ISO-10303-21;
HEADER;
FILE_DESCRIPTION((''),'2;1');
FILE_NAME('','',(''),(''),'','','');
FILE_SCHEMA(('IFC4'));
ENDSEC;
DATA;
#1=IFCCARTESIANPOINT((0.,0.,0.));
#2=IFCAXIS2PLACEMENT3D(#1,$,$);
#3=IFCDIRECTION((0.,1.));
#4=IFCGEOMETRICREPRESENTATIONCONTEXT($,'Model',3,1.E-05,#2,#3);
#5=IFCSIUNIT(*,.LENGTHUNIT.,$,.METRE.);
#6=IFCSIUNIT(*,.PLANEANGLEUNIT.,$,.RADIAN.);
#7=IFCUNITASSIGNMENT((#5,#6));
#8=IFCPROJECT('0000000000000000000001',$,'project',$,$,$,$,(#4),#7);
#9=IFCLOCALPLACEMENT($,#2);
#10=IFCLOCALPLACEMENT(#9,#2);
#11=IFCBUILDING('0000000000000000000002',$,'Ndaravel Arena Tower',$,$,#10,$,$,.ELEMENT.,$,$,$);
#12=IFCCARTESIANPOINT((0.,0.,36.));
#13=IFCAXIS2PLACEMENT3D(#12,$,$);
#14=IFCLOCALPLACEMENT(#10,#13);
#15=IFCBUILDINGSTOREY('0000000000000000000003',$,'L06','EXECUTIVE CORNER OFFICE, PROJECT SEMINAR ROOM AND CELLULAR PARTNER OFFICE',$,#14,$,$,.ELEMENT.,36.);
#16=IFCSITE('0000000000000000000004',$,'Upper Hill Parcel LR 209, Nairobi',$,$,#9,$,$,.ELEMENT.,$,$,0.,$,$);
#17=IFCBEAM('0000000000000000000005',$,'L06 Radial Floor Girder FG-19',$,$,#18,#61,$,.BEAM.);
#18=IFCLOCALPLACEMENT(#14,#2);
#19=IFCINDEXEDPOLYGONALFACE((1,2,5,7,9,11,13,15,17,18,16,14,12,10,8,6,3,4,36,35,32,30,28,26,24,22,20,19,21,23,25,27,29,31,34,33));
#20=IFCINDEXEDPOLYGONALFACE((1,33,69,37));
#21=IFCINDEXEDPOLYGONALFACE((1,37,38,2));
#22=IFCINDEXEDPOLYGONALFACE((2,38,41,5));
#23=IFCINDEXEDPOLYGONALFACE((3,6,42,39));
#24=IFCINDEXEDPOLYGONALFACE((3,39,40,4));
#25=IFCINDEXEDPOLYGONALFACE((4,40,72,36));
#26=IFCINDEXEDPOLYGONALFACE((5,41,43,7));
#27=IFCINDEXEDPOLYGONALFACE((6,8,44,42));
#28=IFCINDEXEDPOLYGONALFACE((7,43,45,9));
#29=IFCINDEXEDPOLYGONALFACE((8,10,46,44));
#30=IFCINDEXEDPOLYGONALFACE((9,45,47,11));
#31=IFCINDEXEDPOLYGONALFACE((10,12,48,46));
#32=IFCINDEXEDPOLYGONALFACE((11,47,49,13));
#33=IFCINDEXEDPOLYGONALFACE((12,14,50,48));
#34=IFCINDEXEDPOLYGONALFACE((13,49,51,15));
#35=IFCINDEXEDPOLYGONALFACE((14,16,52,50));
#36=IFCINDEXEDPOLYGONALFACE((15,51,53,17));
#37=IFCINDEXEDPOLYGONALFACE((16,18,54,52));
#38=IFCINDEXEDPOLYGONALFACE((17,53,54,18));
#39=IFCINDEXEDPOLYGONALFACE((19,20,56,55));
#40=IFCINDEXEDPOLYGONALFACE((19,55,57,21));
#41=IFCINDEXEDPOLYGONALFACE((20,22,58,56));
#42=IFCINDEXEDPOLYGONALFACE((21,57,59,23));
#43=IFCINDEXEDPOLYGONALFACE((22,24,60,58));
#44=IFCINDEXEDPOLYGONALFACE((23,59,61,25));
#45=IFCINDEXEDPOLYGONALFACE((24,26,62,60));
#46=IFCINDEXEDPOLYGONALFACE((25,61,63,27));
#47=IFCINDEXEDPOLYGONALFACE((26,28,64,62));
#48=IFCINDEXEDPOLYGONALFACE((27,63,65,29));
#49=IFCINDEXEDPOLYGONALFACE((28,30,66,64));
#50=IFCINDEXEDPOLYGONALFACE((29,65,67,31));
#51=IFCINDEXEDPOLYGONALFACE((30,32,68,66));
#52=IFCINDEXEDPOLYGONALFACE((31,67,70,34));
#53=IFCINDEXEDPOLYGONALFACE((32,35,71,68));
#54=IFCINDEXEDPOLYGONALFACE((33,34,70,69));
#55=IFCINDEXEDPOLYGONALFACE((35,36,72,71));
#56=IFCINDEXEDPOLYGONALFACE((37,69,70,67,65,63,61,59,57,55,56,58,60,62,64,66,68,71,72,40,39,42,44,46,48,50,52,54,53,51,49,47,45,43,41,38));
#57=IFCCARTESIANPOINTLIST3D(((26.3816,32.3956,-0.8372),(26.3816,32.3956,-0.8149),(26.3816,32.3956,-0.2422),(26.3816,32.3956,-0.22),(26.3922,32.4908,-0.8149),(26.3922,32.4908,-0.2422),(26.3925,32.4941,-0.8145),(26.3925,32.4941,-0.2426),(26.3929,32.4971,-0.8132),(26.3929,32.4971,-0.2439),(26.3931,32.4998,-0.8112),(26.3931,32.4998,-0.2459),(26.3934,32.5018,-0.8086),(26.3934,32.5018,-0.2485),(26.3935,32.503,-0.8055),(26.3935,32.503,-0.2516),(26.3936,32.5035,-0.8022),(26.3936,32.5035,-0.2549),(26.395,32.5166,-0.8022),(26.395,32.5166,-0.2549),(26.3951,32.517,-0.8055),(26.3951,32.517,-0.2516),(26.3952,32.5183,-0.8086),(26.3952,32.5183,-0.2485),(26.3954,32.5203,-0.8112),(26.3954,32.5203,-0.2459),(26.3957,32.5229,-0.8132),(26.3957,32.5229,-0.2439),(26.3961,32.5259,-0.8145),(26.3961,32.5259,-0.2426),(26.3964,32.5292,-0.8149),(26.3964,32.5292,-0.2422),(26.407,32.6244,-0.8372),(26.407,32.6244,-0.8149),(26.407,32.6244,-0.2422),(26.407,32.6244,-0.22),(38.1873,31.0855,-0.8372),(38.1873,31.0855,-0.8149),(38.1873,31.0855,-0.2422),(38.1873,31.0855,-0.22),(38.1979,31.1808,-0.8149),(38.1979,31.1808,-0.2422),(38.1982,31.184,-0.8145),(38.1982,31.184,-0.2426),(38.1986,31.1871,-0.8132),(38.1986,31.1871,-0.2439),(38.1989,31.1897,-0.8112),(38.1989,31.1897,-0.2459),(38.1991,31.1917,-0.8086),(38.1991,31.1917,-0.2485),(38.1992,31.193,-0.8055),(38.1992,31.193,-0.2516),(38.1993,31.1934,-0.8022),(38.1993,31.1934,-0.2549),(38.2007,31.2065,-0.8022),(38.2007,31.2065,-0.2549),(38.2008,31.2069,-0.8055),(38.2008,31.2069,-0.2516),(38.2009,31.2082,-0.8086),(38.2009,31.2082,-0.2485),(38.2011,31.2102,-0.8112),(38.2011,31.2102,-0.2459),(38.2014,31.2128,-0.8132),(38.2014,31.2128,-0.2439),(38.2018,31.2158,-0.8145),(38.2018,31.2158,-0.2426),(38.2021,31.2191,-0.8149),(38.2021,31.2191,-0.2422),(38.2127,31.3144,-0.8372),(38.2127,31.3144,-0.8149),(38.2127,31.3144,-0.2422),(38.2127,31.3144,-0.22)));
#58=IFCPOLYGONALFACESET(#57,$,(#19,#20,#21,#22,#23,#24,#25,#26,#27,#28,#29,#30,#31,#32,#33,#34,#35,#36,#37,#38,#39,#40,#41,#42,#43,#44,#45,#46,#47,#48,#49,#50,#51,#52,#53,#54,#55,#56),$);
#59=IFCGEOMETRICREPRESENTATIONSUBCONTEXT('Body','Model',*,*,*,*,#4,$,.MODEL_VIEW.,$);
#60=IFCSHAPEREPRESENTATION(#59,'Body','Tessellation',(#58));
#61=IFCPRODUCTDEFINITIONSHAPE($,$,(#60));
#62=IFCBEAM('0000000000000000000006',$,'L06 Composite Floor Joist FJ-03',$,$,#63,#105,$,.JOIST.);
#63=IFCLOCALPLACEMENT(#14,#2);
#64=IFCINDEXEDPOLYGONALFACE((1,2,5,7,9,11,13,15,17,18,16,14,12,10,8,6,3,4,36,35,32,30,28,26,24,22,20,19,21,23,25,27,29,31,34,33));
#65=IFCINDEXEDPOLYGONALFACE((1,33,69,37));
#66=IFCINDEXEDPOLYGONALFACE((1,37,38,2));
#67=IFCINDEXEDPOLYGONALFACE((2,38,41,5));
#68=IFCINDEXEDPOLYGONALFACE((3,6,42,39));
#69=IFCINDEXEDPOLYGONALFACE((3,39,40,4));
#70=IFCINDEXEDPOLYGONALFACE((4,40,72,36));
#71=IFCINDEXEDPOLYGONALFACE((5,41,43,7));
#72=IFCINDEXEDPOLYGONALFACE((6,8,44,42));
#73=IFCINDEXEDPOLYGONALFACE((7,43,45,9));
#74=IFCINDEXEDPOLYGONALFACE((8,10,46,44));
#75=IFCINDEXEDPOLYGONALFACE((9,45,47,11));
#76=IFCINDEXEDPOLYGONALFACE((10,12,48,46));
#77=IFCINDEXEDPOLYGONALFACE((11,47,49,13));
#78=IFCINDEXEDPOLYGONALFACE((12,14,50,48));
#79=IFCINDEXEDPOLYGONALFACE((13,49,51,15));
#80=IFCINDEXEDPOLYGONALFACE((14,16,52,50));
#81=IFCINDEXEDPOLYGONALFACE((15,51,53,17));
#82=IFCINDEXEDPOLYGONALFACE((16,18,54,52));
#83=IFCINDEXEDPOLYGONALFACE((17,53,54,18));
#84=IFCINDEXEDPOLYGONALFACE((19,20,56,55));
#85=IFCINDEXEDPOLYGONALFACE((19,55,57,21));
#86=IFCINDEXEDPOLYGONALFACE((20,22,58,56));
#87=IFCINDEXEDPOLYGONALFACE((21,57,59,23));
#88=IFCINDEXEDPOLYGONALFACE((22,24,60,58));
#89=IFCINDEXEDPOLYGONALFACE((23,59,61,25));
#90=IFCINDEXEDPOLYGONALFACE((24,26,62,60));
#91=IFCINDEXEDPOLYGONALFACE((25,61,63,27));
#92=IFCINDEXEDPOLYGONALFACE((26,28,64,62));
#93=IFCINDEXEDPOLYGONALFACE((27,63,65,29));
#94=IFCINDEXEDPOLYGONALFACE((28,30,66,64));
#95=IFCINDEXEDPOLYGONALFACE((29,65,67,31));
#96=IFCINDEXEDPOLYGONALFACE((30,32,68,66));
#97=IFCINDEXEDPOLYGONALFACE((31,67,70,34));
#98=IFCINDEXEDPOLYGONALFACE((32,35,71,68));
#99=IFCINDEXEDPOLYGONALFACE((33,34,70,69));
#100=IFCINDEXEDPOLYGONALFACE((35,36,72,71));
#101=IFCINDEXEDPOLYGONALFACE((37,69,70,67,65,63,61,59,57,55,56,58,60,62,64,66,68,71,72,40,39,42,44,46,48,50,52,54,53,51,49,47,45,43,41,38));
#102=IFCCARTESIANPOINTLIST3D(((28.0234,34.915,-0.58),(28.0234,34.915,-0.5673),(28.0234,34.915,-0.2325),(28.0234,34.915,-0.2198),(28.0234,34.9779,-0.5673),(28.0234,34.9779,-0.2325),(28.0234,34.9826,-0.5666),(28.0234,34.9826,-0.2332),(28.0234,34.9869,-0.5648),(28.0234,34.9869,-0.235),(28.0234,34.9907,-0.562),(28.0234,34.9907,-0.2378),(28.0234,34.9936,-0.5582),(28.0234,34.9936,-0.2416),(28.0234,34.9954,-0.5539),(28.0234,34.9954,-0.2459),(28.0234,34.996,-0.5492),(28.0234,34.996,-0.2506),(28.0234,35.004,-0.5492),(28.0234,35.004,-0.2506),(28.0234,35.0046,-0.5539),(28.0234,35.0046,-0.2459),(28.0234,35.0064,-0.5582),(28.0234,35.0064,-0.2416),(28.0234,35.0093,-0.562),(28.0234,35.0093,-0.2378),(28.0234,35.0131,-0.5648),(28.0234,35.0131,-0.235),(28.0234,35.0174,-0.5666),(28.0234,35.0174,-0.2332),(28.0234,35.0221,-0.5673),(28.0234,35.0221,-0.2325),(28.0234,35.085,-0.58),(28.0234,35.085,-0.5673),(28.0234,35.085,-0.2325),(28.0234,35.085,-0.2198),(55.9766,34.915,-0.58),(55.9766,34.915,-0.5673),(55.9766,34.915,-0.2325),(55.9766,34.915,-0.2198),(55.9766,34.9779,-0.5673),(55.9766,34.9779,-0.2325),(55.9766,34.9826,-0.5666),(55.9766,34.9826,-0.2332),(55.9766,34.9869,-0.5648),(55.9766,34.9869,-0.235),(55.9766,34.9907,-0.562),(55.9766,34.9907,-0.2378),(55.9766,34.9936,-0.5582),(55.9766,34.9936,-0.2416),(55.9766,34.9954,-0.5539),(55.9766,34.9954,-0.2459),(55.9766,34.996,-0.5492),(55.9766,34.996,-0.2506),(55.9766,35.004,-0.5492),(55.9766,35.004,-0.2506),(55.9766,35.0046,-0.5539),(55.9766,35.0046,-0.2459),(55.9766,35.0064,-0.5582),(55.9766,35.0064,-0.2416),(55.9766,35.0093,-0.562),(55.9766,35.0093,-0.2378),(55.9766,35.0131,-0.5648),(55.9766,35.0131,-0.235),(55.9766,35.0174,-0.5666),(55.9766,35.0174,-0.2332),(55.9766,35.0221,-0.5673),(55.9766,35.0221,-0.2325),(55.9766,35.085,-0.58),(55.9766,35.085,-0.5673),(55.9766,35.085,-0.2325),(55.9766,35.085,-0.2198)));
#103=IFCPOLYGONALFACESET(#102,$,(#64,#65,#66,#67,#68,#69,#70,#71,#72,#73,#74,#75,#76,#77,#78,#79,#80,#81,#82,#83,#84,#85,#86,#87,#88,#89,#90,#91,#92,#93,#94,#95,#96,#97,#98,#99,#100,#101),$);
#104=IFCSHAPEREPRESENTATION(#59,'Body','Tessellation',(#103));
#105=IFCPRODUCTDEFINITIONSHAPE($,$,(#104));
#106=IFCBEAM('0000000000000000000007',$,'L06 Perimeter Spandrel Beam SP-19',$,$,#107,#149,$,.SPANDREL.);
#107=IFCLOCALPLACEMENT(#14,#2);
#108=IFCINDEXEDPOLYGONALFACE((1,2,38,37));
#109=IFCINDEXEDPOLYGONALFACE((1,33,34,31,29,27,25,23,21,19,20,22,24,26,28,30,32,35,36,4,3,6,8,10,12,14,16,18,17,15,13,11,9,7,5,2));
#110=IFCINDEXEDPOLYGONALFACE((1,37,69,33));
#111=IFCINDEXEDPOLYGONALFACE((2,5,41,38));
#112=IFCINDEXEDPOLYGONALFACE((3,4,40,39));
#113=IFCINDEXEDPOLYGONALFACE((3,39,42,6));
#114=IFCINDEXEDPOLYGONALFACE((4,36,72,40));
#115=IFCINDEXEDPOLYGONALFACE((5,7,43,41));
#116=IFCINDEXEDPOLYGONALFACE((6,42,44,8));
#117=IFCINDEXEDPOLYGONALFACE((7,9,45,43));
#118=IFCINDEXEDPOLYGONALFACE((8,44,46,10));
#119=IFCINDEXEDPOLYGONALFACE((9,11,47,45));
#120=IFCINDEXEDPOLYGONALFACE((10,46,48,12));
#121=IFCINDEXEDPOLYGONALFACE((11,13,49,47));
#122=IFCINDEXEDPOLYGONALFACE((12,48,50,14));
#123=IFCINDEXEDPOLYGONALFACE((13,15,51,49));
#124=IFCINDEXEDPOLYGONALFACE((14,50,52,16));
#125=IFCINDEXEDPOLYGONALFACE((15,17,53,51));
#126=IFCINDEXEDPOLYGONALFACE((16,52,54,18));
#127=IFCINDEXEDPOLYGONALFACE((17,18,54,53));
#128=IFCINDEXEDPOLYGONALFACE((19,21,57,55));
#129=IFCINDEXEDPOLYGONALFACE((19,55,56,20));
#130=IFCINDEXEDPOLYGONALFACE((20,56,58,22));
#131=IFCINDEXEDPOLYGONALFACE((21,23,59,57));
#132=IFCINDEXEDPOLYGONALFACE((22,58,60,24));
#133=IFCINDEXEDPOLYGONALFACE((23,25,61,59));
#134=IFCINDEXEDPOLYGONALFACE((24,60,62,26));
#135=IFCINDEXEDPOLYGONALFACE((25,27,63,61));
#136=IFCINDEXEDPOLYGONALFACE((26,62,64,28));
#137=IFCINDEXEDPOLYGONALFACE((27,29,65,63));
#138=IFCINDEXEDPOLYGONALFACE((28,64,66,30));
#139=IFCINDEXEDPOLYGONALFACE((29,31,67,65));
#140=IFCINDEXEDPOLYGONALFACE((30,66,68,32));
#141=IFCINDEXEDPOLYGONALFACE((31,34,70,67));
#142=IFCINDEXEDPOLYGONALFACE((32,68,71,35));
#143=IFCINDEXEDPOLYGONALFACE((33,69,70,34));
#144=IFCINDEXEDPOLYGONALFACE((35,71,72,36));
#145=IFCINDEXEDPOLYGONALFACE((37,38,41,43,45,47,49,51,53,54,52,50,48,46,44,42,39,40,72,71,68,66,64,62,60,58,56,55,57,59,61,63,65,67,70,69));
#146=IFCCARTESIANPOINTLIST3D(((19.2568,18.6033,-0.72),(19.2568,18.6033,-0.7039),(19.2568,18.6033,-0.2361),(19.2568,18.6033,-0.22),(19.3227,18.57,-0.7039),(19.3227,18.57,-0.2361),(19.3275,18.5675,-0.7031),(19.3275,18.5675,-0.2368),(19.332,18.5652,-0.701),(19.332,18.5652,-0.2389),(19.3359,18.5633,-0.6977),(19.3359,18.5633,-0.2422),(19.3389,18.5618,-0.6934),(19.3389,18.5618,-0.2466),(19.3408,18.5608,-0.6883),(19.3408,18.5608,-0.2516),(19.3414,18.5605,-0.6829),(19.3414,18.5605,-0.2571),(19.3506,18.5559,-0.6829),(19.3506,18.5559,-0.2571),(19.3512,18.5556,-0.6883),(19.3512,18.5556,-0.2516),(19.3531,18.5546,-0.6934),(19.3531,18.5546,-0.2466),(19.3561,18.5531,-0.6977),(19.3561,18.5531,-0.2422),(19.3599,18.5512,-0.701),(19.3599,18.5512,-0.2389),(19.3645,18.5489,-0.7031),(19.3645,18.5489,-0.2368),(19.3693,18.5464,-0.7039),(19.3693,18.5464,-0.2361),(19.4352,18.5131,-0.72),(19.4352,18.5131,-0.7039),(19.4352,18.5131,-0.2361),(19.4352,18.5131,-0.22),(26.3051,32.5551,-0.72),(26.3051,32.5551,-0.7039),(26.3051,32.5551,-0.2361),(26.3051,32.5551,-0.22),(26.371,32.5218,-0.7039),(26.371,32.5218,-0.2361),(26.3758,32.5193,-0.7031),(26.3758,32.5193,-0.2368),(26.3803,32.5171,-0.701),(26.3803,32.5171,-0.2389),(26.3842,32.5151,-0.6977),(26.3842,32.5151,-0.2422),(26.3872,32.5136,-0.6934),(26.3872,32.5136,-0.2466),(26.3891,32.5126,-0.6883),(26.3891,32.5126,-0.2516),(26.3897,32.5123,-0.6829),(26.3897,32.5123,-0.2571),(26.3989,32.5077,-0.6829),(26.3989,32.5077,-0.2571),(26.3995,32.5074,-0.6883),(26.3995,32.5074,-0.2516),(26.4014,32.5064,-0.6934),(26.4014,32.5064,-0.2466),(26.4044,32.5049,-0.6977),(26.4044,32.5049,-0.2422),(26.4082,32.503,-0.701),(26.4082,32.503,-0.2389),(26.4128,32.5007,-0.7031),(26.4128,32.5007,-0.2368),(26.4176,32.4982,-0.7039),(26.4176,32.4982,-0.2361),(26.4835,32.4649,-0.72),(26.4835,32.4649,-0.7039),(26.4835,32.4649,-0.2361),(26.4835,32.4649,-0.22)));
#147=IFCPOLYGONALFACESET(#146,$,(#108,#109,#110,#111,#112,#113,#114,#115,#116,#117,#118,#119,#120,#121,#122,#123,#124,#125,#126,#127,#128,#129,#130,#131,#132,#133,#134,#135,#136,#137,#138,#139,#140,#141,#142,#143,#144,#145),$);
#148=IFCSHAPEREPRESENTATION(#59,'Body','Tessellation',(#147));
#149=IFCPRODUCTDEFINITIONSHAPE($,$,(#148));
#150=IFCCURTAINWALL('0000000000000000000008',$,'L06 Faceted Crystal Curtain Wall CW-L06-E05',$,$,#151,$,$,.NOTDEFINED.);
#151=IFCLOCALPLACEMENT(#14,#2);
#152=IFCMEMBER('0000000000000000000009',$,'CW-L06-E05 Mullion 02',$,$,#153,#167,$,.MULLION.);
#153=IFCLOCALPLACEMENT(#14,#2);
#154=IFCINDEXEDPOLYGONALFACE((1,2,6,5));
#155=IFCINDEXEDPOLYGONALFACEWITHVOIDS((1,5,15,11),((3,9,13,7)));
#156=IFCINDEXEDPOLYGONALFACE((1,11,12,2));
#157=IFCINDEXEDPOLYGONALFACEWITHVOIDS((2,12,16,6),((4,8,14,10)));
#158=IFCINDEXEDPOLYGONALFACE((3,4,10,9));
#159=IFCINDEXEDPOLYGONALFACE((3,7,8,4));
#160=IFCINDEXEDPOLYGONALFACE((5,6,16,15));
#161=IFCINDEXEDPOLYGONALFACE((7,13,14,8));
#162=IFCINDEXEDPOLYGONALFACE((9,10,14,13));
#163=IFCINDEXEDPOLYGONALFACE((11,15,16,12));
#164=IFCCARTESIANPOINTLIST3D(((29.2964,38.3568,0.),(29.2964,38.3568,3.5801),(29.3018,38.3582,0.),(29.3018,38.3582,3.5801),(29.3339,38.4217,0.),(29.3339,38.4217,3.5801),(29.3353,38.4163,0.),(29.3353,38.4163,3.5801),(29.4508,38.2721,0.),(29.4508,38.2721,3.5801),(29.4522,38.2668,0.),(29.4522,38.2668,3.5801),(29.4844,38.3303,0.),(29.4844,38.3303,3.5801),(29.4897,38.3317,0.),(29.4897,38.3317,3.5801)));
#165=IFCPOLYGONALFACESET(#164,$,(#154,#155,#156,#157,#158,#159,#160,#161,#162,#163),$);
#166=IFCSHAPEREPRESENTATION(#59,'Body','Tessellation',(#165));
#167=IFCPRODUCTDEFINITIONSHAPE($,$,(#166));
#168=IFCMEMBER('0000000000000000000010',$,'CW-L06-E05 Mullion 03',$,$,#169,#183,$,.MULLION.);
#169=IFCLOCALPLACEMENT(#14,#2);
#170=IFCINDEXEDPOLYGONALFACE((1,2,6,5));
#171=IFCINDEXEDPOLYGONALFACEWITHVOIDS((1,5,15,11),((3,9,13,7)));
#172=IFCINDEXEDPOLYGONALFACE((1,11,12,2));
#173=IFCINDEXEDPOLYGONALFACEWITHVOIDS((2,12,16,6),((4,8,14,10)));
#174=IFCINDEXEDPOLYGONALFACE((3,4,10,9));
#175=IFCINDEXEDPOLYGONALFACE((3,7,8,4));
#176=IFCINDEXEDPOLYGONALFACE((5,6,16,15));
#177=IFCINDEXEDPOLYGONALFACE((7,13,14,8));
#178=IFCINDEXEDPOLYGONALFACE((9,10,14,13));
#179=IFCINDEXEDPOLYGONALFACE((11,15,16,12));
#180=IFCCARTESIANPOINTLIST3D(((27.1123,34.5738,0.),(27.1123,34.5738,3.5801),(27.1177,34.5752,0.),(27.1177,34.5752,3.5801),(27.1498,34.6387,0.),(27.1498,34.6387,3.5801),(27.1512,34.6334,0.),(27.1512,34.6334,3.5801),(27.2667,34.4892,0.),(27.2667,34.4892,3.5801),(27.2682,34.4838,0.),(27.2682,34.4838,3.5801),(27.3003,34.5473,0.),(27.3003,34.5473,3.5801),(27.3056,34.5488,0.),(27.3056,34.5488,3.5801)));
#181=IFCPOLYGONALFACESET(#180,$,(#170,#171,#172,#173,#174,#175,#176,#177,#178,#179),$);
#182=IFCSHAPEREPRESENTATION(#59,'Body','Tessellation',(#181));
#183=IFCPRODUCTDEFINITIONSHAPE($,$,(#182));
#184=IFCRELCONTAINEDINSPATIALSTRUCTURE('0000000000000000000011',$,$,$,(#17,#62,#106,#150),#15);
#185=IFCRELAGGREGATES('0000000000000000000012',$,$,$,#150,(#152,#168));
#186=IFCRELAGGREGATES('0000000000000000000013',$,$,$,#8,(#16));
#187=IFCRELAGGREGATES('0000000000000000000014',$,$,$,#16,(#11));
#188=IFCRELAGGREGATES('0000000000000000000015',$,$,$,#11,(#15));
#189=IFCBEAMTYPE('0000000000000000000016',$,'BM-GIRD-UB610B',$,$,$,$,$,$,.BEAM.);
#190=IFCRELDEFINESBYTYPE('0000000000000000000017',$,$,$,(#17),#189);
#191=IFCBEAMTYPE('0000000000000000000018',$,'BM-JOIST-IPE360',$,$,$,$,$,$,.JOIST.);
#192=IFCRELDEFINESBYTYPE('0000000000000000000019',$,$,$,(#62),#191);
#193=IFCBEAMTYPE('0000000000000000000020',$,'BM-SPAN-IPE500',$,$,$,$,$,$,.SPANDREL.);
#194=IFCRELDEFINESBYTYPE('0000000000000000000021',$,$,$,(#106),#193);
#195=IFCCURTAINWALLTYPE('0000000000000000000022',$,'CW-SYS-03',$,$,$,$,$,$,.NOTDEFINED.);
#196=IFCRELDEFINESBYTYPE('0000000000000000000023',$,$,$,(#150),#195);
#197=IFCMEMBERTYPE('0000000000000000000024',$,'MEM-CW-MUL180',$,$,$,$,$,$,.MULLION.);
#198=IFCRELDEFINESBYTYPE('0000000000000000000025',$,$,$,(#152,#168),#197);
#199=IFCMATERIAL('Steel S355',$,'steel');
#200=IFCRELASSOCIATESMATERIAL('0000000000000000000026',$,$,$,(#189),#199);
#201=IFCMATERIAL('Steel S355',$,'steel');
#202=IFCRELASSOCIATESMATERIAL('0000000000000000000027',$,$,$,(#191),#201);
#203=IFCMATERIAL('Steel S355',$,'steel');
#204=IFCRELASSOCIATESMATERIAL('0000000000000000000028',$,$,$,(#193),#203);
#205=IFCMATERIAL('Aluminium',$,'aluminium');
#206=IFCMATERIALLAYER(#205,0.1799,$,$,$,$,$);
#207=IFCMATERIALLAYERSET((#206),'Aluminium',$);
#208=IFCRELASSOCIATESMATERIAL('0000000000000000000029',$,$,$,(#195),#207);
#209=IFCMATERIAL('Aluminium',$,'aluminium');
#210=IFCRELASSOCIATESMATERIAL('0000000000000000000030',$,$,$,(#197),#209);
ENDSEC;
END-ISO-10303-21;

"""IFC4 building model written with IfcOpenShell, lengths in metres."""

from ifc_helpers import new_model, si_unit, direction, frame, origin, origin_2d, place, context, subcontext, project, spatial, hollow_rectangle, i_section, extrude, material, layer, layer_set, material_profile, profile_set, type_object, element, aggregate, save


model = new_model("IFC4")

# Units and contexts
model_context = context("Model", 3, precision=1e-05, world=origin(), true_north=direction((0.0, 1.0)))
body_context = subcontext(model_context, "Body", "Model", "MODEL_VIEW")
ifc_project = project(units=[si_unit("LENGTHUNIT", "METRE"), si_unit("PLANEANGLEUNIT", "RADIAN")], contexts=[model_context])

# Site, building, storey
site_placement = place(None, origin())
site = spatial("IfcSite", under=ifc_project, at=site_placement, Name="Upper Hill Parcel LR 209, Nairobi", CompositionType="ELEMENT", RefElevation=0.0)
building_placement = place(site_placement, origin())
building = spatial("IfcBuilding", under=site, at=building_placement, Name="Ndaravel Arena Tower", CompositionType="ELEMENT")
storey_placement = place(building_placement, frame((0.0, 0.0, 36.0)))
storey = spatial("IfcBuildingStorey", under=building, at=storey_placement, Name="L06", Description="EXECUTIVE CORNER OFFICE, PROJECT SEMINAR ROOM AND CELLULAR PARTNER OFFICE", CompositionType="ELEMENT", Elevation=36.0)

# Beams
ifc_material_1 = material(Name="Steel S355", Category="steel")
ifc_material_profile_1 = material_profile(ifc_material_1, i_section(OverallWidth=0.2302, OverallDepth=0.6172, WebThickness=0.0132, FlangeThickness=0.0222, FilletRadius=0.0127, at=origin_2d()), Name="UB 610x229x140")
ifc_profile_set_1 = profile_set([ifc_material_profile_1], Name="Steel S355")
beam_type_1 = type_object("IfcBeamType", Name="BM-GIRD-UB610B", PredefinedType="BEAM", material=ifc_profile_set_1)
beam_1_placement = place(storey_placement, frame((26.3943, 32.51, -0.5286), z_axis=(0.993899, -0.110292, 0.0), x_axis=(0.110292, 0.993899, 0.0)))
element("IfcBeam", 1, at=beam_1_placement, inside=storey, type_object=beam_type_1, Name="L06 Radial Floor Girder FG-19", PredefinedType="BEAM", context=body_context, shape_type="SweptSolid", body=[
    extrude(i_section(OverallWidth=0.2302, OverallDepth=0.6172, WebThickness=0.0132, FlangeThickness=0.0222, FilletRadius=0.0127, at=origin_2d()), origin(), (0.0, 0.0, 1.0), 11.8782),
])
ifc_material_2 = material(Name="Steel S355", Category="steel")
ifc_material_profile_2 = material_profile(ifc_material_2, i_section(OverallWidth=0.1699, OverallDepth=0.3601, WebThickness=0.0081, FlangeThickness=0.0127, FilletRadius=0.0181, at=origin_2d()), Name="IPE 360")
ifc_profile_set_2 = profile_set([ifc_material_profile_2], Name="Steel S355")
beam_type_2 = type_object("IfcBeamType", Name="BM-JOIST-IPE360", PredefinedType="JOIST", material=ifc_profile_set_2)
beam_2_placement = place(storey_placement, frame((28.0234, 35.0, -0.3999), z_axis=(1.0, 0.0, 0.0), x_axis=(0.0, 1.0, 0.0)))
element("IfcBeam", 2, at=beam_2_placement, inside=storey, type_object=beam_type_2, Name="L06 Composite Floor Joist FJ-03", PredefinedType="JOIST", context=body_context, shape_type="SweptSolid", body=[
    extrude(i_section(OverallWidth=0.1699, OverallDepth=0.3601, WebThickness=0.0081, FlangeThickness=0.0127, FilletRadius=0.0181, at=origin_2d()), origin(), (0.0, 0.0, 1.0), 27.9531),
])
ifc_material_3 = material(Name="Steel S355", Category="steel")
ifc_material_profile_3 = material_profile(ifc_material_3, i_section(OverallWidth=0.2, OverallDepth=0.5, WebThickness=0.0103, FlangeThickness=0.0161, FilletRadius=0.021, at=origin_2d()), Name="IPE 500")
ifc_profile_set_3 = profile_set([ifc_material_profile_3], Name="Steel S355")
beam_type_3 = type_object("IfcBeamType", Name="BM-SPAN-IPE500", PredefinedType="SPANDREL", material=ifc_profile_set_3)
beam_3_placement = place(storey_placement, frame((26.3943, 32.51, -0.47), z_axis=(-0.450915, -0.892567, 0.0), x_axis=(0.892567, -0.450915, 0.0)))
element("IfcBeam", 3, at=beam_3_placement, inside=storey, type_object=beam_type_3, Name="L06 Perimeter Spandrel Beam SP-19", PredefinedType="SPANDREL", context=body_context, shape_type="SweptSolid", body=[
    extrude(i_section(OverallWidth=0.2, OverallDepth=0.5, WebThickness=0.0103, FlangeThickness=0.0161, FilletRadius=0.021, at=origin_2d()), origin(), (0.0, 0.0, 1.0), 15.6311),
])

# Curtain wall, members
ifc_material_4 = material(Name="Aluminium", Category="aluminium")
ifc_layer_1 = layer(ifc_material_4, 0.1799)
ifc_layer_set_1 = layer_set([ifc_layer_1], Name="Aluminium")
curtain_wall_type = type_object("IfcCurtainWallType", Name="CW-SYS-03", PredefinedType="NOTDEFINED", material=ifc_layer_set_1)
curtain_wall_placement = place(storey_placement, origin())
curtain_wall = element("IfcCurtainWall", 4, at=curtain_wall_placement, inside=storey, type_object=curtain_wall_type, Name="L06 Faceted Crystal Curtain Wall CW-L06-E05", PredefinedType="NOTDEFINED")
ifc_material_5 = material(Name="Aluminium", Category="aluminium")
ifc_material_profile_4 = material_profile(ifc_material_5, hollow_rectangle(XDim=0.075, YDim=0.1799, WallThickness=0.0039, at=origin_2d()), Name="CW MULLION 75x180x4")
ifc_profile_set_4 = profile_set([ifc_material_profile_4], Name="Aluminium")
member_type = type_object("IfcMemberType", Name="MEM-CW-MUL180", PredefinedType="MULLION", material=ifc_profile_set_4)
member_1_placement = place(storey_placement, frame((29.3931, 38.3442, 0.0), z_axis=(0.0, 0.0, 1.0), x_axis=(-0.5, -0.866025, 0.0)))
member_1 = element("IfcMember", 5, at=member_1_placement, type_object=member_type, Name="CW-L06-E05 Mullion 02", PredefinedType="MULLION", context=body_context, shape_type="SweptSolid", body=[
    extrude(hollow_rectangle(XDim=0.075, YDim=0.1799, WallThickness=0.0039, at=origin_2d()), origin(), (0.0, 0.0, 1.0), 3.5801),
])
member_2_placement = place(storey_placement, frame((27.209, 34.5613, 0.0), z_axis=(0.0, 0.0, 1.0), x_axis=(-0.5, -0.866025, 0.0)))
member_2 = element("IfcMember", 6, at=member_2_placement, type_object=member_type, Name="CW-L06-E05 Mullion 03", PredefinedType="MULLION", context=body_context, shape_type="SweptSolid", body=[
    extrude(hollow_rectangle(XDim=0.075, YDim=0.1799, WallThickness=0.0039, at=origin_2d()), origin(), (0.0, 0.0, 1.0), 3.5801),
])
aggregate(curtain_wall, [member_1, member_2])

save(model, "model.ifc")
